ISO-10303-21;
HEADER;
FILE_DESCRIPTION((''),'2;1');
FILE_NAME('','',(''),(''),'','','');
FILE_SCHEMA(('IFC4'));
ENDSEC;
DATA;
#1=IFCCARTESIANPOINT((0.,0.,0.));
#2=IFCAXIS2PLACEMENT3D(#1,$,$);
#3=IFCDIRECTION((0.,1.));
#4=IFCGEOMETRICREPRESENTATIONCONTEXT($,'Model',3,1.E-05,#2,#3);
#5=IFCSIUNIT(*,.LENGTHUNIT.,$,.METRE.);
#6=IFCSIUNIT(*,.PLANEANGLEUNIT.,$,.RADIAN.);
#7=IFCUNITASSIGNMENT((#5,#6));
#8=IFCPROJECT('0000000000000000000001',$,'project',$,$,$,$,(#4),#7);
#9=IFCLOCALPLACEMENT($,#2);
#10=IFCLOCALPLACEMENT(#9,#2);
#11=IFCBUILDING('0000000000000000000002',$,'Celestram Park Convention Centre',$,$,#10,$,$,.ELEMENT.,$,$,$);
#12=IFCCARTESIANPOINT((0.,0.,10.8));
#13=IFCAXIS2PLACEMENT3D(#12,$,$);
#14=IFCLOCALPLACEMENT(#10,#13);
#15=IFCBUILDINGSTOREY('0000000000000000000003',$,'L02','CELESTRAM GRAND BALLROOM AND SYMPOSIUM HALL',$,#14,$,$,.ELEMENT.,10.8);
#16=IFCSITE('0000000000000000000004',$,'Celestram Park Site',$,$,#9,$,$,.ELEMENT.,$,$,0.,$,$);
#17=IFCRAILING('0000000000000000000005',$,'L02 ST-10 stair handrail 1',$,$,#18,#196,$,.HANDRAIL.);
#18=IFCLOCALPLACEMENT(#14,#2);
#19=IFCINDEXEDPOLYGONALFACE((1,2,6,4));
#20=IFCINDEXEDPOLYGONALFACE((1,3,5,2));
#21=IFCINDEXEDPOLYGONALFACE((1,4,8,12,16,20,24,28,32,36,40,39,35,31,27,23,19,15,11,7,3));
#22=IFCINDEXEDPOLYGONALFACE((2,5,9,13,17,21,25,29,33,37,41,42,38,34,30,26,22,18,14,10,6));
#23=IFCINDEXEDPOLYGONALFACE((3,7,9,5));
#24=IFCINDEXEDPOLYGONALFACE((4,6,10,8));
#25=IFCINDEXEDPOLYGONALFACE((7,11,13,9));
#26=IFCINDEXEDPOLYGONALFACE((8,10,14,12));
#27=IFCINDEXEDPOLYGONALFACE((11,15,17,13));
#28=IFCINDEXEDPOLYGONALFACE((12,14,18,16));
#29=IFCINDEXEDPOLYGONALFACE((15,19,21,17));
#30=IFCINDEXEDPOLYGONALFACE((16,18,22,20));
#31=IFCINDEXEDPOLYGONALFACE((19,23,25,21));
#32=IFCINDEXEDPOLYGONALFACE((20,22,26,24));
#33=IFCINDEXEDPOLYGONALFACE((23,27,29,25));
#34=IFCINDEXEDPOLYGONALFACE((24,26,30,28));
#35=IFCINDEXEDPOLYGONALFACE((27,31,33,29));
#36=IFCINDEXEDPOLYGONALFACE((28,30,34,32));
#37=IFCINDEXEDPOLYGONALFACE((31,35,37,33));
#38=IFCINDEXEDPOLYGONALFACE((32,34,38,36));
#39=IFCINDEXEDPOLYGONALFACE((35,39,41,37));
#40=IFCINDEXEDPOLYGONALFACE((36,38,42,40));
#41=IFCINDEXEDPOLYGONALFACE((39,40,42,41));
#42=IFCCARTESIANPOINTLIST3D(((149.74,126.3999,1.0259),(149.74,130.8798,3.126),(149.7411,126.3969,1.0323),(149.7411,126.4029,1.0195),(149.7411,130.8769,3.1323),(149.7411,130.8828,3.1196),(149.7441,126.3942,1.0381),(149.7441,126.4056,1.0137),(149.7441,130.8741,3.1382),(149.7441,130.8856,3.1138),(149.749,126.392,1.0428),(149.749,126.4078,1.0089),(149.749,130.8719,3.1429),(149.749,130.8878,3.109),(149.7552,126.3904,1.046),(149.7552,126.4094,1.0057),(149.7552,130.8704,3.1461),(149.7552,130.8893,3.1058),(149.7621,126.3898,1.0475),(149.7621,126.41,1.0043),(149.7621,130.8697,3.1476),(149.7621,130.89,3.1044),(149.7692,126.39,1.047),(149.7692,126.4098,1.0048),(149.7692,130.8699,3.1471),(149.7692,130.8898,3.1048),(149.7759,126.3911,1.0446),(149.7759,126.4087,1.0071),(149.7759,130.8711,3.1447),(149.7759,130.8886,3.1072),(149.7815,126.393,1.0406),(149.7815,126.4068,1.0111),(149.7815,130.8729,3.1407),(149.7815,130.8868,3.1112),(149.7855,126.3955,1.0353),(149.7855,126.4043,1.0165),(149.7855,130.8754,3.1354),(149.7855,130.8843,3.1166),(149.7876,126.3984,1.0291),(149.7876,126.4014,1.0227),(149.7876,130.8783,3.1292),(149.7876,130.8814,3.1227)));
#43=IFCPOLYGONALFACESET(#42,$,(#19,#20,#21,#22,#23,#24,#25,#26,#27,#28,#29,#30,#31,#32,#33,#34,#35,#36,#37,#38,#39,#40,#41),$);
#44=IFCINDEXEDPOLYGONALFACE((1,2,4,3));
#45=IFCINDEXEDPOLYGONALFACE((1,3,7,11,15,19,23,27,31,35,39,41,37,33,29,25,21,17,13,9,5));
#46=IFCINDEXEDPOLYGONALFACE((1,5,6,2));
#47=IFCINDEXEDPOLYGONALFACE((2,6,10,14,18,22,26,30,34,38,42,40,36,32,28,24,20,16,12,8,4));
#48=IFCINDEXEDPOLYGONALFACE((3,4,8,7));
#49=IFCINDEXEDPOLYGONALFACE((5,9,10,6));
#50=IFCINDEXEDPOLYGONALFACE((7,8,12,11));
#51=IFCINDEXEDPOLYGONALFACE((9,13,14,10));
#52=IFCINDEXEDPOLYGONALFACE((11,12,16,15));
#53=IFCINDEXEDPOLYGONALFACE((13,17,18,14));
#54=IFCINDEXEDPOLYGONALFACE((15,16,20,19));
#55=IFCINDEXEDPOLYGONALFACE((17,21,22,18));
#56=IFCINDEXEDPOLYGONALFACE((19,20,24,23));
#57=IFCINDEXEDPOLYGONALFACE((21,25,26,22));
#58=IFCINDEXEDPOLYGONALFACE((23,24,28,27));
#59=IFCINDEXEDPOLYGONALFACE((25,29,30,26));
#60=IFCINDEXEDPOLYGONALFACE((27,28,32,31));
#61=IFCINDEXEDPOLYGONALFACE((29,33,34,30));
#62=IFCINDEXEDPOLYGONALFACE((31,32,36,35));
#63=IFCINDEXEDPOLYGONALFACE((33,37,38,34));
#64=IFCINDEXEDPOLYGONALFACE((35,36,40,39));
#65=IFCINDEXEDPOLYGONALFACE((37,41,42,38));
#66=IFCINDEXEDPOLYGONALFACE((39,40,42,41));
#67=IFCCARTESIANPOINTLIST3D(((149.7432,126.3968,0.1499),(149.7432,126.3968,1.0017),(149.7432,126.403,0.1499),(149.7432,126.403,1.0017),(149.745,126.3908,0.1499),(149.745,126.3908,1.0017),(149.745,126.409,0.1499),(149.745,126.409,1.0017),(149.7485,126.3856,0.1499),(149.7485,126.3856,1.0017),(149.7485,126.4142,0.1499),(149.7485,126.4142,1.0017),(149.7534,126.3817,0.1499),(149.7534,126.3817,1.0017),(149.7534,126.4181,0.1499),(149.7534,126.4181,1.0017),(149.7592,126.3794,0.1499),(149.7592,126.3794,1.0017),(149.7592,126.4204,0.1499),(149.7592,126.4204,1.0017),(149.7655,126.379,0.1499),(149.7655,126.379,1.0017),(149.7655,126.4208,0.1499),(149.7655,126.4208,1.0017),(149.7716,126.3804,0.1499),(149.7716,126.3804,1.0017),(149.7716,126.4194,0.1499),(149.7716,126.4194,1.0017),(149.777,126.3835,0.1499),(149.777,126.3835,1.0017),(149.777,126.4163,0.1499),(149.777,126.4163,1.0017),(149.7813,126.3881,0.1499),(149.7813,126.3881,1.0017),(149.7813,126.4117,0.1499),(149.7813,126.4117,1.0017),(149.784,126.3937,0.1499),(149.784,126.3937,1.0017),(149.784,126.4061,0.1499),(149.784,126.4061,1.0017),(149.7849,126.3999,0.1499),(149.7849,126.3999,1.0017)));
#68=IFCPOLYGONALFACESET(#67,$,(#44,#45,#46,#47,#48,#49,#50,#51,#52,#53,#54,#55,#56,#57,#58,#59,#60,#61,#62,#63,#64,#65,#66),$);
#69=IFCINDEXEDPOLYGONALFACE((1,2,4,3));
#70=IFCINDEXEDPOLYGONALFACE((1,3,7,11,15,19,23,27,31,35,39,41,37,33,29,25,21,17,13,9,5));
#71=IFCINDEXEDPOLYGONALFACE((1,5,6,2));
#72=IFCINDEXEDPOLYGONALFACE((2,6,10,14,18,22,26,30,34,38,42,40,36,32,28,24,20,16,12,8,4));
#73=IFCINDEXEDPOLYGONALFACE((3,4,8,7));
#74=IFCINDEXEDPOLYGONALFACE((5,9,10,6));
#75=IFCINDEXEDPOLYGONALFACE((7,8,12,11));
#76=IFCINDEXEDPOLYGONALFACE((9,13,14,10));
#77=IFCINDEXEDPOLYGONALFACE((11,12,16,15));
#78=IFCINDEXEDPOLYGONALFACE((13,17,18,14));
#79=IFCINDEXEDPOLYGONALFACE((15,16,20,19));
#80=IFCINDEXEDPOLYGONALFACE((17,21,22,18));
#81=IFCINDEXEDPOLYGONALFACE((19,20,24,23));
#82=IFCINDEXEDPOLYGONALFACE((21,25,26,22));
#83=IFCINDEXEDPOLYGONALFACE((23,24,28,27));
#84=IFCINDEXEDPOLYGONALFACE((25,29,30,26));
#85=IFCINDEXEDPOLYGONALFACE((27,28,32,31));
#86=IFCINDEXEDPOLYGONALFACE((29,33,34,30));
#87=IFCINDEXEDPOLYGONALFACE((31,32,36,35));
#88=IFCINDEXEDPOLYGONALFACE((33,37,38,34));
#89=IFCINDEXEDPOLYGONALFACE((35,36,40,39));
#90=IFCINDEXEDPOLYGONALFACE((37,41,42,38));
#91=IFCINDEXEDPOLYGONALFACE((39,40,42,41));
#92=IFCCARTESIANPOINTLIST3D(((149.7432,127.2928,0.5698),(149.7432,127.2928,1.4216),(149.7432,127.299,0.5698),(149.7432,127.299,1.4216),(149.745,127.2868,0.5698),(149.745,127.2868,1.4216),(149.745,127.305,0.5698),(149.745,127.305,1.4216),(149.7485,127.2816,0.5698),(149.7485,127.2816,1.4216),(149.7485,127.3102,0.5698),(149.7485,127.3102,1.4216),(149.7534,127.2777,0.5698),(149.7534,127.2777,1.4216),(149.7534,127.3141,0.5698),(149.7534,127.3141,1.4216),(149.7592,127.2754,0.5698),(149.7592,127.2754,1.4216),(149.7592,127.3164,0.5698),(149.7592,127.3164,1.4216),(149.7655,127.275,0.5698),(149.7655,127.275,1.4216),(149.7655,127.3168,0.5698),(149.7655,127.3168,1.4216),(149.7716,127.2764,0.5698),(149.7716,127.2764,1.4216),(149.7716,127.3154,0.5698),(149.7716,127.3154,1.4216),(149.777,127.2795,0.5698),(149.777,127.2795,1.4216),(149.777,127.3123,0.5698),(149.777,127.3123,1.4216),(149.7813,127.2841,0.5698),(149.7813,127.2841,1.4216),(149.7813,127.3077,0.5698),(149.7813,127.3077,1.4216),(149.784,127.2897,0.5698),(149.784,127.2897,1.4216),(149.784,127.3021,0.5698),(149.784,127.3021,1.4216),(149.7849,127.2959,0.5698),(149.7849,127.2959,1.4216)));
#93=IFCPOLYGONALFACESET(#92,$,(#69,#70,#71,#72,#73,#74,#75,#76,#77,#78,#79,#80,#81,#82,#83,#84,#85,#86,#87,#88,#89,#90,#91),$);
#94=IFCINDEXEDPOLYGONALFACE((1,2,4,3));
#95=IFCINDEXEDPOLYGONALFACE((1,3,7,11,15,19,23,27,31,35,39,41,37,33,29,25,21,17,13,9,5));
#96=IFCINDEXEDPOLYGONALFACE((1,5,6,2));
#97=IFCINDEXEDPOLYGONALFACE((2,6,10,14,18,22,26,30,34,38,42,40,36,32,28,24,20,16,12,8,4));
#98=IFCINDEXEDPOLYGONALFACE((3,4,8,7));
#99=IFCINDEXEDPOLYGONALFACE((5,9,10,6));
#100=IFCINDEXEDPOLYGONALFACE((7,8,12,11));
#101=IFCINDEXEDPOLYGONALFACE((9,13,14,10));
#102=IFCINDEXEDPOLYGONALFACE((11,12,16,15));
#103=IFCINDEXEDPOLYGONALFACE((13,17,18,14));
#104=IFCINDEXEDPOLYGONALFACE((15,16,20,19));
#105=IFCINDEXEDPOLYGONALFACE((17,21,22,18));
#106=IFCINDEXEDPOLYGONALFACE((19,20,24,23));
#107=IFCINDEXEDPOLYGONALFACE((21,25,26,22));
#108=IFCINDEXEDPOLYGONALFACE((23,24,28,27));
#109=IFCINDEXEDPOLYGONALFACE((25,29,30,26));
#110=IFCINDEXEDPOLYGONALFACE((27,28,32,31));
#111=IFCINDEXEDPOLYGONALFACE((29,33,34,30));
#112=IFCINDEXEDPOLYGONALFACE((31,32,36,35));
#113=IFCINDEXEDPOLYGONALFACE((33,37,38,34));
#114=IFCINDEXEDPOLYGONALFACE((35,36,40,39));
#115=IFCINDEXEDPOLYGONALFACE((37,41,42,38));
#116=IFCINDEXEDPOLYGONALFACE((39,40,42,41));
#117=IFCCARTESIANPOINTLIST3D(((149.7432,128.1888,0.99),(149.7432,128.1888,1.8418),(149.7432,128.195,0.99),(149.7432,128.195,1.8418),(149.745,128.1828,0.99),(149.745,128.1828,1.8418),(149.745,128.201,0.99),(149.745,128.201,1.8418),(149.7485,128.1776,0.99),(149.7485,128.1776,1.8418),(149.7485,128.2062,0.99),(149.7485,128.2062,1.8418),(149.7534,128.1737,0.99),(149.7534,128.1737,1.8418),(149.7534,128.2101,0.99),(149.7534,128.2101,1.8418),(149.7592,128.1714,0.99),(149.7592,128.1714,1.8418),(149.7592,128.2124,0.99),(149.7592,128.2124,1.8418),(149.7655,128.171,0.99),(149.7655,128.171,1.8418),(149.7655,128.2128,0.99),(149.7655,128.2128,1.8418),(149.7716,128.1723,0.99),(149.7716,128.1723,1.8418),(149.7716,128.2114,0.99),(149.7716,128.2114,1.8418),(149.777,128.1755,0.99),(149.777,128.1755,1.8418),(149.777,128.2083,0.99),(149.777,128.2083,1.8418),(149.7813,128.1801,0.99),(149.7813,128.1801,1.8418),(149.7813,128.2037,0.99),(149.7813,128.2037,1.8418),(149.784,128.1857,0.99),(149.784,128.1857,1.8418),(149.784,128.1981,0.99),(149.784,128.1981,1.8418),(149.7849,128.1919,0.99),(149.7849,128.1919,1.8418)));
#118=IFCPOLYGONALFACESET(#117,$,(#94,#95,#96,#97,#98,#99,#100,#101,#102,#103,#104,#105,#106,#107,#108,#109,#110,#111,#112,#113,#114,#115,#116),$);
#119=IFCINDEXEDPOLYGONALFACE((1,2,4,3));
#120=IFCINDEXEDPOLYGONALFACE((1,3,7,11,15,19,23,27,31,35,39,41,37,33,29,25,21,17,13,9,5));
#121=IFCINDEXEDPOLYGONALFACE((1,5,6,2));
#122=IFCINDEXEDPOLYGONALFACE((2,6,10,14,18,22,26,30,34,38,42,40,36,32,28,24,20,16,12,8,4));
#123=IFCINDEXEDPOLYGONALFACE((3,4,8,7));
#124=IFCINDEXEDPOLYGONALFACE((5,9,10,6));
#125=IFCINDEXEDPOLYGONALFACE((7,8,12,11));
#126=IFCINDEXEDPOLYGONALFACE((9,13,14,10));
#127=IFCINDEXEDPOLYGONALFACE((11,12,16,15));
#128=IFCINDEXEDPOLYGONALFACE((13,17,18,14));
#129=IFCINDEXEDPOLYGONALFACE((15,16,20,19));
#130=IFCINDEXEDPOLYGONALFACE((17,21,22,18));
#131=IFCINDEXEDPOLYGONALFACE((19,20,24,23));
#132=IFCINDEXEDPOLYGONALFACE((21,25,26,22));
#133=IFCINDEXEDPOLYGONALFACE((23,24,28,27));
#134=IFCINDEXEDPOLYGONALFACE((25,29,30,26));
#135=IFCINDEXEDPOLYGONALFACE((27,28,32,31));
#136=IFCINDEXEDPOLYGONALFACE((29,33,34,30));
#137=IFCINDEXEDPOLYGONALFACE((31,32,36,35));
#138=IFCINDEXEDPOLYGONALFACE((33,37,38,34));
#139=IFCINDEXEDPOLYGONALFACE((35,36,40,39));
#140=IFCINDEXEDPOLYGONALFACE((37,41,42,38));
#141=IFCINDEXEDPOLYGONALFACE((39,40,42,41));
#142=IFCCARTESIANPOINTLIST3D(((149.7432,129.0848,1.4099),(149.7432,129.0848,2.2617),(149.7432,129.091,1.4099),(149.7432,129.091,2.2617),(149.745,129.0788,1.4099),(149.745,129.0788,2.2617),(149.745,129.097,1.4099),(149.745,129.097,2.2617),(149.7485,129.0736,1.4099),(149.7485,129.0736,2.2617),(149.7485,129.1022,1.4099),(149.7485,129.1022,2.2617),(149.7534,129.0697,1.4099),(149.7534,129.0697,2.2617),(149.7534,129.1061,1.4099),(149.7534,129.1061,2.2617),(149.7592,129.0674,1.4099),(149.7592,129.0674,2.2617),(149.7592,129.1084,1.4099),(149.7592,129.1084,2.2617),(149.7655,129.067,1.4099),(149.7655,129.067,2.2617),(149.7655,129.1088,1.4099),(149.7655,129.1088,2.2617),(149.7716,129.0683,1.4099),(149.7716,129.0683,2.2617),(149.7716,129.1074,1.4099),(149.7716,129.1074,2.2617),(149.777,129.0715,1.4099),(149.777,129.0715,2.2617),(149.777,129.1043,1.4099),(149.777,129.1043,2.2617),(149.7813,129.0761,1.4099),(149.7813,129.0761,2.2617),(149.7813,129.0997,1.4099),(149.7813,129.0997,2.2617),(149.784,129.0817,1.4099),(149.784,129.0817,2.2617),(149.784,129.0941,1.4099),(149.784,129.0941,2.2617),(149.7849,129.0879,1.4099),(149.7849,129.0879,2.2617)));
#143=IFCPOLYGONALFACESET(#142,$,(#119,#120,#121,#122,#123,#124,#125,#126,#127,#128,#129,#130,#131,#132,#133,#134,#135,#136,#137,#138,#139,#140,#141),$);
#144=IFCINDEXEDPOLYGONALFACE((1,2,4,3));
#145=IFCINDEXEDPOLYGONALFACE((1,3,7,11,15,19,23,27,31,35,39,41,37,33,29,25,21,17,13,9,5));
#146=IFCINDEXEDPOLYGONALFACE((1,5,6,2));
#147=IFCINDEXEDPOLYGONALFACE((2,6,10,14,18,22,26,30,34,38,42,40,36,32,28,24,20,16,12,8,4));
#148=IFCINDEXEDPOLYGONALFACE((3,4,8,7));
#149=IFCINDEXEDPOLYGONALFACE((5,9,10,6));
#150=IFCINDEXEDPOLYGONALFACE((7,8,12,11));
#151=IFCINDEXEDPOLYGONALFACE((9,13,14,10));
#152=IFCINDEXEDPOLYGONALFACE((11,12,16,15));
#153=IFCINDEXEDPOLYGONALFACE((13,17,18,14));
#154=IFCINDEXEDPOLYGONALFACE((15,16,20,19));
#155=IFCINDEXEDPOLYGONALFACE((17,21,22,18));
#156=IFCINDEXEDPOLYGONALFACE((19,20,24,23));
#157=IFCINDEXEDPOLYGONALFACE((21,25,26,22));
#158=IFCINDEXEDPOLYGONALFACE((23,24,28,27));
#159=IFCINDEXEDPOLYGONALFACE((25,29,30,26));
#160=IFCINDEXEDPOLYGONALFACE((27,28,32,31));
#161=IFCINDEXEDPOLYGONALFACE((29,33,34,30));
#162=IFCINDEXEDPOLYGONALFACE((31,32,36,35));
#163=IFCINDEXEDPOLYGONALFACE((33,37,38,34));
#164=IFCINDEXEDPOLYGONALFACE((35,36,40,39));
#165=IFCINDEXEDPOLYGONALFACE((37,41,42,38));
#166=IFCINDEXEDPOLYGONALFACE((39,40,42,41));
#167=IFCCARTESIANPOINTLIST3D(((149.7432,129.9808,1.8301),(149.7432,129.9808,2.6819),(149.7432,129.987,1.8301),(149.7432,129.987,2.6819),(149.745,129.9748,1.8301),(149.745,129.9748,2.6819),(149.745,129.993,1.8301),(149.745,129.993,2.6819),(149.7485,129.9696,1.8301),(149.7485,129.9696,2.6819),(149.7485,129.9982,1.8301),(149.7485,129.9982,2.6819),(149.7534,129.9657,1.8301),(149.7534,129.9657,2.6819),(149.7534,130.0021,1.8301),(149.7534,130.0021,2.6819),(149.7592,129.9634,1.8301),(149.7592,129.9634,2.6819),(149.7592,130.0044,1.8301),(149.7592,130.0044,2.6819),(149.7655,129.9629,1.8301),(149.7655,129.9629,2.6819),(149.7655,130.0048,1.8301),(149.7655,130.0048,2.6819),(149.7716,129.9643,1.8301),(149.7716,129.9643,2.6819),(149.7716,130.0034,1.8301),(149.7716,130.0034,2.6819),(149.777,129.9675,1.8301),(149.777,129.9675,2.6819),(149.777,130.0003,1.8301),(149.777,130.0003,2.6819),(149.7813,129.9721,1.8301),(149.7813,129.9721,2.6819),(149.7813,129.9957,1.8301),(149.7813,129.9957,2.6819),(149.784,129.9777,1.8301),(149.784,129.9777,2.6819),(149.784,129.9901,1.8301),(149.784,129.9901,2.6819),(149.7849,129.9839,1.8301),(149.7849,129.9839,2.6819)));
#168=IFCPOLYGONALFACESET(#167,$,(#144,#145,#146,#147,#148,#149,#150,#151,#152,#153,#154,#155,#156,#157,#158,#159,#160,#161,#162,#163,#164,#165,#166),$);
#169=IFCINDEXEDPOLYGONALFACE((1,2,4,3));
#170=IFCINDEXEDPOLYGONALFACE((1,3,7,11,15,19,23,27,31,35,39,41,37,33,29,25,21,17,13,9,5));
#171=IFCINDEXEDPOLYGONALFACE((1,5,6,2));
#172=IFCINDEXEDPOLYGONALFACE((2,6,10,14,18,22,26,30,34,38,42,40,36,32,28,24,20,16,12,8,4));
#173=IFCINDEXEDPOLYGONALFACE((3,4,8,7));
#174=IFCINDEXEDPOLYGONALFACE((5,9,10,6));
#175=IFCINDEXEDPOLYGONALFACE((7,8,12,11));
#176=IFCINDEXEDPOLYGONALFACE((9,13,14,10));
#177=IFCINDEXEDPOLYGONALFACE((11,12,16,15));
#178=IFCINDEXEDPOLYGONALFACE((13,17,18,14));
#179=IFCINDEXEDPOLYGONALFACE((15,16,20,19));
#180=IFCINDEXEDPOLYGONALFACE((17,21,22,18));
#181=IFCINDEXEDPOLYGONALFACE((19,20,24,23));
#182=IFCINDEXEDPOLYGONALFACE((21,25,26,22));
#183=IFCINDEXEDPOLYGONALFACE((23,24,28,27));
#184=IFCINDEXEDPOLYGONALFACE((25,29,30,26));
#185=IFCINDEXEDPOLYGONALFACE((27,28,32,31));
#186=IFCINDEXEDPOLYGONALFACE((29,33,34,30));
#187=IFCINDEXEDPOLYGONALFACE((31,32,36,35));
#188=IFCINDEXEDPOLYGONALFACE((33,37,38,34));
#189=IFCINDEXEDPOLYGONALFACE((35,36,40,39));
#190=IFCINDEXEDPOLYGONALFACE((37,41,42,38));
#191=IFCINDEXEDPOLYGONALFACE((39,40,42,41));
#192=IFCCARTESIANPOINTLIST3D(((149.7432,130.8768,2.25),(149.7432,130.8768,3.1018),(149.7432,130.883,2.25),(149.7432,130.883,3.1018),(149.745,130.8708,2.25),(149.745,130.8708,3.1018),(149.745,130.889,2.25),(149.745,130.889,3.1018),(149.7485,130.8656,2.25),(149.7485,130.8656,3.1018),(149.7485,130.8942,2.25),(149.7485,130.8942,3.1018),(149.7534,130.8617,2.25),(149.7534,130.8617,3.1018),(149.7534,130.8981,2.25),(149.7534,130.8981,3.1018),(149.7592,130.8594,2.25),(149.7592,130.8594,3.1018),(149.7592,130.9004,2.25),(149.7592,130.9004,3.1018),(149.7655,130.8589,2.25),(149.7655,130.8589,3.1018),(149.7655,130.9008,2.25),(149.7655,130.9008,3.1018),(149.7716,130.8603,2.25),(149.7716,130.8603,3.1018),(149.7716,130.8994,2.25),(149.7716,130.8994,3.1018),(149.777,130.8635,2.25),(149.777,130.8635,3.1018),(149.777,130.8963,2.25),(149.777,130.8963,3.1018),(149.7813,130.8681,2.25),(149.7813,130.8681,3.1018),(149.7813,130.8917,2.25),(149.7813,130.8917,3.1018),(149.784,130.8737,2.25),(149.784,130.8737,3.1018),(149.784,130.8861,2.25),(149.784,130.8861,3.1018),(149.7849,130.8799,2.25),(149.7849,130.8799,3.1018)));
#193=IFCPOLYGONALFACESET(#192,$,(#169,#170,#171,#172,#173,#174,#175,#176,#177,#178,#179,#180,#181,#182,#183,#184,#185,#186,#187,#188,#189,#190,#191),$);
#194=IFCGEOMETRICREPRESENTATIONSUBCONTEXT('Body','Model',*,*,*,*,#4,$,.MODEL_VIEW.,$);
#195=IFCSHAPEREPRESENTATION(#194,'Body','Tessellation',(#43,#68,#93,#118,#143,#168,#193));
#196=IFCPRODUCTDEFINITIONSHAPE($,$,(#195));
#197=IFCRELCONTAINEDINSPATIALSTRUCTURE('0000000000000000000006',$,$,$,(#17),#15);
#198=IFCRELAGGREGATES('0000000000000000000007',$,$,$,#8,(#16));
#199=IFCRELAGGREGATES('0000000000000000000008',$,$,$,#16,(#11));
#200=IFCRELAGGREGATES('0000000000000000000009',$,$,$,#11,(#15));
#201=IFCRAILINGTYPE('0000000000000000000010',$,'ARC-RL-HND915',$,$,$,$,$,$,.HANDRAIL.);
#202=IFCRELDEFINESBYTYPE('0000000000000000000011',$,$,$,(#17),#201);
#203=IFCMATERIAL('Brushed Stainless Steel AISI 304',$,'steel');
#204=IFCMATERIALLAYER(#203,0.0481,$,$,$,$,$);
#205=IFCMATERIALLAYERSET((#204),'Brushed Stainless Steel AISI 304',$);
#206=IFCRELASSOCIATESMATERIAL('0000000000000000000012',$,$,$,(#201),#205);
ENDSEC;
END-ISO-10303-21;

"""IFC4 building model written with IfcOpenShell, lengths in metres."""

from ifc_helpers import new_model, si_unit, direction, frame, origin, origin_2d, place, context, subcontext, project, spatial, circle, extrude, material, layer, layer_set, type_object, element, save


model = new_model("IFC4")

# Units and contexts
model_context = context("Model", 3, precision=1e-05, world=origin(), true_north=direction((0.0, 1.0)))
body_context = subcontext(model_context, "Body", "Model", "MODEL_VIEW")
ifc_project = project(units=[si_unit("LENGTHUNIT", "METRE"), si_unit("PLANEANGLEUNIT", "RADIAN")], contexts=[model_context])

# Site, building, storey
site_placement = place(None, origin())
site = spatial("IfcSite", under=ifc_project, at=site_placement, Name="Celestram Park Site", CompositionType="ELEMENT", RefElevation=0.0)
building_placement = place(site_placement, origin())
building = spatial("IfcBuilding", under=site, at=building_placement, Name="Celestram Park Convention Centre", CompositionType="ELEMENT")
storey_placement = place(building_placement, frame((0.0, 0.0, 10.8)))
storey = spatial("IfcBuildingStorey", under=building, at=storey_placement, Name="L02", Description="CELESTRAM GRAND BALLROOM AND SYMPOSIUM HALL", CompositionType="ELEMENT", Elevation=10.8)

# Railing
ifc_material_1 = material(Name="Brushed Stainless Steel AISI 304", Category="steel")
ifc_layer_1 = layer(ifc_material_1, 0.0481)
ifc_layer_set_1 = layer_set([ifc_layer_1], Name="Brushed Stainless Steel AISI 304")
railing_type_1 = type_object("IfcRailingType", Name="ARC-RL-HND915", PredefinedType="HANDRAIL", material=ifc_layer_set_1)
railing_1_placement = place(storey_placement, frame((149.7639, 126.3999, 0.1499)))
element("IfcRailing", 1, at=railing_1_placement, inside=storey, type_object=railing_type_1, Name="L02 ST-10 stair handrail 1", PredefinedType="HANDRAIL", context=body_context, shape_type="SweptSolid", body=[
    extrude(circle(Radius=0.0239, at=origin_2d()), frame((0.0, 0.0, 0.876), z_axis=(0.0, 0.905451, 0.424452), x_axis=(-1.0, 0.0, 0.0)), (0.0, 0.0, 1.0), 4.9478),
    extrude(circle(Radius=0.021, at=origin_2d()), origin(), (0.0, 0.0, 1.0), 0.8518),
    extrude(circle(Radius=0.021, at=origin_2d()), frame((0.0, 0.896, 0.4199)), (0.0, 0.0, 1.0), 0.8518),
    extrude(circle(Radius=0.021, at=origin_2d()), frame((0.0, 1.792, 0.8401)), (0.0, 0.0, 1.0), 0.8518),
    extrude(circle(Radius=0.021, at=origin_2d()), frame((0.0, 2.688, 1.26)), (0.0, 0.0, 1.0), 0.8518),
    extrude(circle(Radius=0.021, at=origin_2d()), frame((0.0, 3.584, 1.6802)), (0.0, 0.0, 1.0), 0.8518),
    extrude(circle(Radius=0.021, at=origin_2d()), frame((0.0, 4.48, 2.1001)), (0.0, 0.0, 1.0), 0.8518),
])

save(model, "model.ifc")
